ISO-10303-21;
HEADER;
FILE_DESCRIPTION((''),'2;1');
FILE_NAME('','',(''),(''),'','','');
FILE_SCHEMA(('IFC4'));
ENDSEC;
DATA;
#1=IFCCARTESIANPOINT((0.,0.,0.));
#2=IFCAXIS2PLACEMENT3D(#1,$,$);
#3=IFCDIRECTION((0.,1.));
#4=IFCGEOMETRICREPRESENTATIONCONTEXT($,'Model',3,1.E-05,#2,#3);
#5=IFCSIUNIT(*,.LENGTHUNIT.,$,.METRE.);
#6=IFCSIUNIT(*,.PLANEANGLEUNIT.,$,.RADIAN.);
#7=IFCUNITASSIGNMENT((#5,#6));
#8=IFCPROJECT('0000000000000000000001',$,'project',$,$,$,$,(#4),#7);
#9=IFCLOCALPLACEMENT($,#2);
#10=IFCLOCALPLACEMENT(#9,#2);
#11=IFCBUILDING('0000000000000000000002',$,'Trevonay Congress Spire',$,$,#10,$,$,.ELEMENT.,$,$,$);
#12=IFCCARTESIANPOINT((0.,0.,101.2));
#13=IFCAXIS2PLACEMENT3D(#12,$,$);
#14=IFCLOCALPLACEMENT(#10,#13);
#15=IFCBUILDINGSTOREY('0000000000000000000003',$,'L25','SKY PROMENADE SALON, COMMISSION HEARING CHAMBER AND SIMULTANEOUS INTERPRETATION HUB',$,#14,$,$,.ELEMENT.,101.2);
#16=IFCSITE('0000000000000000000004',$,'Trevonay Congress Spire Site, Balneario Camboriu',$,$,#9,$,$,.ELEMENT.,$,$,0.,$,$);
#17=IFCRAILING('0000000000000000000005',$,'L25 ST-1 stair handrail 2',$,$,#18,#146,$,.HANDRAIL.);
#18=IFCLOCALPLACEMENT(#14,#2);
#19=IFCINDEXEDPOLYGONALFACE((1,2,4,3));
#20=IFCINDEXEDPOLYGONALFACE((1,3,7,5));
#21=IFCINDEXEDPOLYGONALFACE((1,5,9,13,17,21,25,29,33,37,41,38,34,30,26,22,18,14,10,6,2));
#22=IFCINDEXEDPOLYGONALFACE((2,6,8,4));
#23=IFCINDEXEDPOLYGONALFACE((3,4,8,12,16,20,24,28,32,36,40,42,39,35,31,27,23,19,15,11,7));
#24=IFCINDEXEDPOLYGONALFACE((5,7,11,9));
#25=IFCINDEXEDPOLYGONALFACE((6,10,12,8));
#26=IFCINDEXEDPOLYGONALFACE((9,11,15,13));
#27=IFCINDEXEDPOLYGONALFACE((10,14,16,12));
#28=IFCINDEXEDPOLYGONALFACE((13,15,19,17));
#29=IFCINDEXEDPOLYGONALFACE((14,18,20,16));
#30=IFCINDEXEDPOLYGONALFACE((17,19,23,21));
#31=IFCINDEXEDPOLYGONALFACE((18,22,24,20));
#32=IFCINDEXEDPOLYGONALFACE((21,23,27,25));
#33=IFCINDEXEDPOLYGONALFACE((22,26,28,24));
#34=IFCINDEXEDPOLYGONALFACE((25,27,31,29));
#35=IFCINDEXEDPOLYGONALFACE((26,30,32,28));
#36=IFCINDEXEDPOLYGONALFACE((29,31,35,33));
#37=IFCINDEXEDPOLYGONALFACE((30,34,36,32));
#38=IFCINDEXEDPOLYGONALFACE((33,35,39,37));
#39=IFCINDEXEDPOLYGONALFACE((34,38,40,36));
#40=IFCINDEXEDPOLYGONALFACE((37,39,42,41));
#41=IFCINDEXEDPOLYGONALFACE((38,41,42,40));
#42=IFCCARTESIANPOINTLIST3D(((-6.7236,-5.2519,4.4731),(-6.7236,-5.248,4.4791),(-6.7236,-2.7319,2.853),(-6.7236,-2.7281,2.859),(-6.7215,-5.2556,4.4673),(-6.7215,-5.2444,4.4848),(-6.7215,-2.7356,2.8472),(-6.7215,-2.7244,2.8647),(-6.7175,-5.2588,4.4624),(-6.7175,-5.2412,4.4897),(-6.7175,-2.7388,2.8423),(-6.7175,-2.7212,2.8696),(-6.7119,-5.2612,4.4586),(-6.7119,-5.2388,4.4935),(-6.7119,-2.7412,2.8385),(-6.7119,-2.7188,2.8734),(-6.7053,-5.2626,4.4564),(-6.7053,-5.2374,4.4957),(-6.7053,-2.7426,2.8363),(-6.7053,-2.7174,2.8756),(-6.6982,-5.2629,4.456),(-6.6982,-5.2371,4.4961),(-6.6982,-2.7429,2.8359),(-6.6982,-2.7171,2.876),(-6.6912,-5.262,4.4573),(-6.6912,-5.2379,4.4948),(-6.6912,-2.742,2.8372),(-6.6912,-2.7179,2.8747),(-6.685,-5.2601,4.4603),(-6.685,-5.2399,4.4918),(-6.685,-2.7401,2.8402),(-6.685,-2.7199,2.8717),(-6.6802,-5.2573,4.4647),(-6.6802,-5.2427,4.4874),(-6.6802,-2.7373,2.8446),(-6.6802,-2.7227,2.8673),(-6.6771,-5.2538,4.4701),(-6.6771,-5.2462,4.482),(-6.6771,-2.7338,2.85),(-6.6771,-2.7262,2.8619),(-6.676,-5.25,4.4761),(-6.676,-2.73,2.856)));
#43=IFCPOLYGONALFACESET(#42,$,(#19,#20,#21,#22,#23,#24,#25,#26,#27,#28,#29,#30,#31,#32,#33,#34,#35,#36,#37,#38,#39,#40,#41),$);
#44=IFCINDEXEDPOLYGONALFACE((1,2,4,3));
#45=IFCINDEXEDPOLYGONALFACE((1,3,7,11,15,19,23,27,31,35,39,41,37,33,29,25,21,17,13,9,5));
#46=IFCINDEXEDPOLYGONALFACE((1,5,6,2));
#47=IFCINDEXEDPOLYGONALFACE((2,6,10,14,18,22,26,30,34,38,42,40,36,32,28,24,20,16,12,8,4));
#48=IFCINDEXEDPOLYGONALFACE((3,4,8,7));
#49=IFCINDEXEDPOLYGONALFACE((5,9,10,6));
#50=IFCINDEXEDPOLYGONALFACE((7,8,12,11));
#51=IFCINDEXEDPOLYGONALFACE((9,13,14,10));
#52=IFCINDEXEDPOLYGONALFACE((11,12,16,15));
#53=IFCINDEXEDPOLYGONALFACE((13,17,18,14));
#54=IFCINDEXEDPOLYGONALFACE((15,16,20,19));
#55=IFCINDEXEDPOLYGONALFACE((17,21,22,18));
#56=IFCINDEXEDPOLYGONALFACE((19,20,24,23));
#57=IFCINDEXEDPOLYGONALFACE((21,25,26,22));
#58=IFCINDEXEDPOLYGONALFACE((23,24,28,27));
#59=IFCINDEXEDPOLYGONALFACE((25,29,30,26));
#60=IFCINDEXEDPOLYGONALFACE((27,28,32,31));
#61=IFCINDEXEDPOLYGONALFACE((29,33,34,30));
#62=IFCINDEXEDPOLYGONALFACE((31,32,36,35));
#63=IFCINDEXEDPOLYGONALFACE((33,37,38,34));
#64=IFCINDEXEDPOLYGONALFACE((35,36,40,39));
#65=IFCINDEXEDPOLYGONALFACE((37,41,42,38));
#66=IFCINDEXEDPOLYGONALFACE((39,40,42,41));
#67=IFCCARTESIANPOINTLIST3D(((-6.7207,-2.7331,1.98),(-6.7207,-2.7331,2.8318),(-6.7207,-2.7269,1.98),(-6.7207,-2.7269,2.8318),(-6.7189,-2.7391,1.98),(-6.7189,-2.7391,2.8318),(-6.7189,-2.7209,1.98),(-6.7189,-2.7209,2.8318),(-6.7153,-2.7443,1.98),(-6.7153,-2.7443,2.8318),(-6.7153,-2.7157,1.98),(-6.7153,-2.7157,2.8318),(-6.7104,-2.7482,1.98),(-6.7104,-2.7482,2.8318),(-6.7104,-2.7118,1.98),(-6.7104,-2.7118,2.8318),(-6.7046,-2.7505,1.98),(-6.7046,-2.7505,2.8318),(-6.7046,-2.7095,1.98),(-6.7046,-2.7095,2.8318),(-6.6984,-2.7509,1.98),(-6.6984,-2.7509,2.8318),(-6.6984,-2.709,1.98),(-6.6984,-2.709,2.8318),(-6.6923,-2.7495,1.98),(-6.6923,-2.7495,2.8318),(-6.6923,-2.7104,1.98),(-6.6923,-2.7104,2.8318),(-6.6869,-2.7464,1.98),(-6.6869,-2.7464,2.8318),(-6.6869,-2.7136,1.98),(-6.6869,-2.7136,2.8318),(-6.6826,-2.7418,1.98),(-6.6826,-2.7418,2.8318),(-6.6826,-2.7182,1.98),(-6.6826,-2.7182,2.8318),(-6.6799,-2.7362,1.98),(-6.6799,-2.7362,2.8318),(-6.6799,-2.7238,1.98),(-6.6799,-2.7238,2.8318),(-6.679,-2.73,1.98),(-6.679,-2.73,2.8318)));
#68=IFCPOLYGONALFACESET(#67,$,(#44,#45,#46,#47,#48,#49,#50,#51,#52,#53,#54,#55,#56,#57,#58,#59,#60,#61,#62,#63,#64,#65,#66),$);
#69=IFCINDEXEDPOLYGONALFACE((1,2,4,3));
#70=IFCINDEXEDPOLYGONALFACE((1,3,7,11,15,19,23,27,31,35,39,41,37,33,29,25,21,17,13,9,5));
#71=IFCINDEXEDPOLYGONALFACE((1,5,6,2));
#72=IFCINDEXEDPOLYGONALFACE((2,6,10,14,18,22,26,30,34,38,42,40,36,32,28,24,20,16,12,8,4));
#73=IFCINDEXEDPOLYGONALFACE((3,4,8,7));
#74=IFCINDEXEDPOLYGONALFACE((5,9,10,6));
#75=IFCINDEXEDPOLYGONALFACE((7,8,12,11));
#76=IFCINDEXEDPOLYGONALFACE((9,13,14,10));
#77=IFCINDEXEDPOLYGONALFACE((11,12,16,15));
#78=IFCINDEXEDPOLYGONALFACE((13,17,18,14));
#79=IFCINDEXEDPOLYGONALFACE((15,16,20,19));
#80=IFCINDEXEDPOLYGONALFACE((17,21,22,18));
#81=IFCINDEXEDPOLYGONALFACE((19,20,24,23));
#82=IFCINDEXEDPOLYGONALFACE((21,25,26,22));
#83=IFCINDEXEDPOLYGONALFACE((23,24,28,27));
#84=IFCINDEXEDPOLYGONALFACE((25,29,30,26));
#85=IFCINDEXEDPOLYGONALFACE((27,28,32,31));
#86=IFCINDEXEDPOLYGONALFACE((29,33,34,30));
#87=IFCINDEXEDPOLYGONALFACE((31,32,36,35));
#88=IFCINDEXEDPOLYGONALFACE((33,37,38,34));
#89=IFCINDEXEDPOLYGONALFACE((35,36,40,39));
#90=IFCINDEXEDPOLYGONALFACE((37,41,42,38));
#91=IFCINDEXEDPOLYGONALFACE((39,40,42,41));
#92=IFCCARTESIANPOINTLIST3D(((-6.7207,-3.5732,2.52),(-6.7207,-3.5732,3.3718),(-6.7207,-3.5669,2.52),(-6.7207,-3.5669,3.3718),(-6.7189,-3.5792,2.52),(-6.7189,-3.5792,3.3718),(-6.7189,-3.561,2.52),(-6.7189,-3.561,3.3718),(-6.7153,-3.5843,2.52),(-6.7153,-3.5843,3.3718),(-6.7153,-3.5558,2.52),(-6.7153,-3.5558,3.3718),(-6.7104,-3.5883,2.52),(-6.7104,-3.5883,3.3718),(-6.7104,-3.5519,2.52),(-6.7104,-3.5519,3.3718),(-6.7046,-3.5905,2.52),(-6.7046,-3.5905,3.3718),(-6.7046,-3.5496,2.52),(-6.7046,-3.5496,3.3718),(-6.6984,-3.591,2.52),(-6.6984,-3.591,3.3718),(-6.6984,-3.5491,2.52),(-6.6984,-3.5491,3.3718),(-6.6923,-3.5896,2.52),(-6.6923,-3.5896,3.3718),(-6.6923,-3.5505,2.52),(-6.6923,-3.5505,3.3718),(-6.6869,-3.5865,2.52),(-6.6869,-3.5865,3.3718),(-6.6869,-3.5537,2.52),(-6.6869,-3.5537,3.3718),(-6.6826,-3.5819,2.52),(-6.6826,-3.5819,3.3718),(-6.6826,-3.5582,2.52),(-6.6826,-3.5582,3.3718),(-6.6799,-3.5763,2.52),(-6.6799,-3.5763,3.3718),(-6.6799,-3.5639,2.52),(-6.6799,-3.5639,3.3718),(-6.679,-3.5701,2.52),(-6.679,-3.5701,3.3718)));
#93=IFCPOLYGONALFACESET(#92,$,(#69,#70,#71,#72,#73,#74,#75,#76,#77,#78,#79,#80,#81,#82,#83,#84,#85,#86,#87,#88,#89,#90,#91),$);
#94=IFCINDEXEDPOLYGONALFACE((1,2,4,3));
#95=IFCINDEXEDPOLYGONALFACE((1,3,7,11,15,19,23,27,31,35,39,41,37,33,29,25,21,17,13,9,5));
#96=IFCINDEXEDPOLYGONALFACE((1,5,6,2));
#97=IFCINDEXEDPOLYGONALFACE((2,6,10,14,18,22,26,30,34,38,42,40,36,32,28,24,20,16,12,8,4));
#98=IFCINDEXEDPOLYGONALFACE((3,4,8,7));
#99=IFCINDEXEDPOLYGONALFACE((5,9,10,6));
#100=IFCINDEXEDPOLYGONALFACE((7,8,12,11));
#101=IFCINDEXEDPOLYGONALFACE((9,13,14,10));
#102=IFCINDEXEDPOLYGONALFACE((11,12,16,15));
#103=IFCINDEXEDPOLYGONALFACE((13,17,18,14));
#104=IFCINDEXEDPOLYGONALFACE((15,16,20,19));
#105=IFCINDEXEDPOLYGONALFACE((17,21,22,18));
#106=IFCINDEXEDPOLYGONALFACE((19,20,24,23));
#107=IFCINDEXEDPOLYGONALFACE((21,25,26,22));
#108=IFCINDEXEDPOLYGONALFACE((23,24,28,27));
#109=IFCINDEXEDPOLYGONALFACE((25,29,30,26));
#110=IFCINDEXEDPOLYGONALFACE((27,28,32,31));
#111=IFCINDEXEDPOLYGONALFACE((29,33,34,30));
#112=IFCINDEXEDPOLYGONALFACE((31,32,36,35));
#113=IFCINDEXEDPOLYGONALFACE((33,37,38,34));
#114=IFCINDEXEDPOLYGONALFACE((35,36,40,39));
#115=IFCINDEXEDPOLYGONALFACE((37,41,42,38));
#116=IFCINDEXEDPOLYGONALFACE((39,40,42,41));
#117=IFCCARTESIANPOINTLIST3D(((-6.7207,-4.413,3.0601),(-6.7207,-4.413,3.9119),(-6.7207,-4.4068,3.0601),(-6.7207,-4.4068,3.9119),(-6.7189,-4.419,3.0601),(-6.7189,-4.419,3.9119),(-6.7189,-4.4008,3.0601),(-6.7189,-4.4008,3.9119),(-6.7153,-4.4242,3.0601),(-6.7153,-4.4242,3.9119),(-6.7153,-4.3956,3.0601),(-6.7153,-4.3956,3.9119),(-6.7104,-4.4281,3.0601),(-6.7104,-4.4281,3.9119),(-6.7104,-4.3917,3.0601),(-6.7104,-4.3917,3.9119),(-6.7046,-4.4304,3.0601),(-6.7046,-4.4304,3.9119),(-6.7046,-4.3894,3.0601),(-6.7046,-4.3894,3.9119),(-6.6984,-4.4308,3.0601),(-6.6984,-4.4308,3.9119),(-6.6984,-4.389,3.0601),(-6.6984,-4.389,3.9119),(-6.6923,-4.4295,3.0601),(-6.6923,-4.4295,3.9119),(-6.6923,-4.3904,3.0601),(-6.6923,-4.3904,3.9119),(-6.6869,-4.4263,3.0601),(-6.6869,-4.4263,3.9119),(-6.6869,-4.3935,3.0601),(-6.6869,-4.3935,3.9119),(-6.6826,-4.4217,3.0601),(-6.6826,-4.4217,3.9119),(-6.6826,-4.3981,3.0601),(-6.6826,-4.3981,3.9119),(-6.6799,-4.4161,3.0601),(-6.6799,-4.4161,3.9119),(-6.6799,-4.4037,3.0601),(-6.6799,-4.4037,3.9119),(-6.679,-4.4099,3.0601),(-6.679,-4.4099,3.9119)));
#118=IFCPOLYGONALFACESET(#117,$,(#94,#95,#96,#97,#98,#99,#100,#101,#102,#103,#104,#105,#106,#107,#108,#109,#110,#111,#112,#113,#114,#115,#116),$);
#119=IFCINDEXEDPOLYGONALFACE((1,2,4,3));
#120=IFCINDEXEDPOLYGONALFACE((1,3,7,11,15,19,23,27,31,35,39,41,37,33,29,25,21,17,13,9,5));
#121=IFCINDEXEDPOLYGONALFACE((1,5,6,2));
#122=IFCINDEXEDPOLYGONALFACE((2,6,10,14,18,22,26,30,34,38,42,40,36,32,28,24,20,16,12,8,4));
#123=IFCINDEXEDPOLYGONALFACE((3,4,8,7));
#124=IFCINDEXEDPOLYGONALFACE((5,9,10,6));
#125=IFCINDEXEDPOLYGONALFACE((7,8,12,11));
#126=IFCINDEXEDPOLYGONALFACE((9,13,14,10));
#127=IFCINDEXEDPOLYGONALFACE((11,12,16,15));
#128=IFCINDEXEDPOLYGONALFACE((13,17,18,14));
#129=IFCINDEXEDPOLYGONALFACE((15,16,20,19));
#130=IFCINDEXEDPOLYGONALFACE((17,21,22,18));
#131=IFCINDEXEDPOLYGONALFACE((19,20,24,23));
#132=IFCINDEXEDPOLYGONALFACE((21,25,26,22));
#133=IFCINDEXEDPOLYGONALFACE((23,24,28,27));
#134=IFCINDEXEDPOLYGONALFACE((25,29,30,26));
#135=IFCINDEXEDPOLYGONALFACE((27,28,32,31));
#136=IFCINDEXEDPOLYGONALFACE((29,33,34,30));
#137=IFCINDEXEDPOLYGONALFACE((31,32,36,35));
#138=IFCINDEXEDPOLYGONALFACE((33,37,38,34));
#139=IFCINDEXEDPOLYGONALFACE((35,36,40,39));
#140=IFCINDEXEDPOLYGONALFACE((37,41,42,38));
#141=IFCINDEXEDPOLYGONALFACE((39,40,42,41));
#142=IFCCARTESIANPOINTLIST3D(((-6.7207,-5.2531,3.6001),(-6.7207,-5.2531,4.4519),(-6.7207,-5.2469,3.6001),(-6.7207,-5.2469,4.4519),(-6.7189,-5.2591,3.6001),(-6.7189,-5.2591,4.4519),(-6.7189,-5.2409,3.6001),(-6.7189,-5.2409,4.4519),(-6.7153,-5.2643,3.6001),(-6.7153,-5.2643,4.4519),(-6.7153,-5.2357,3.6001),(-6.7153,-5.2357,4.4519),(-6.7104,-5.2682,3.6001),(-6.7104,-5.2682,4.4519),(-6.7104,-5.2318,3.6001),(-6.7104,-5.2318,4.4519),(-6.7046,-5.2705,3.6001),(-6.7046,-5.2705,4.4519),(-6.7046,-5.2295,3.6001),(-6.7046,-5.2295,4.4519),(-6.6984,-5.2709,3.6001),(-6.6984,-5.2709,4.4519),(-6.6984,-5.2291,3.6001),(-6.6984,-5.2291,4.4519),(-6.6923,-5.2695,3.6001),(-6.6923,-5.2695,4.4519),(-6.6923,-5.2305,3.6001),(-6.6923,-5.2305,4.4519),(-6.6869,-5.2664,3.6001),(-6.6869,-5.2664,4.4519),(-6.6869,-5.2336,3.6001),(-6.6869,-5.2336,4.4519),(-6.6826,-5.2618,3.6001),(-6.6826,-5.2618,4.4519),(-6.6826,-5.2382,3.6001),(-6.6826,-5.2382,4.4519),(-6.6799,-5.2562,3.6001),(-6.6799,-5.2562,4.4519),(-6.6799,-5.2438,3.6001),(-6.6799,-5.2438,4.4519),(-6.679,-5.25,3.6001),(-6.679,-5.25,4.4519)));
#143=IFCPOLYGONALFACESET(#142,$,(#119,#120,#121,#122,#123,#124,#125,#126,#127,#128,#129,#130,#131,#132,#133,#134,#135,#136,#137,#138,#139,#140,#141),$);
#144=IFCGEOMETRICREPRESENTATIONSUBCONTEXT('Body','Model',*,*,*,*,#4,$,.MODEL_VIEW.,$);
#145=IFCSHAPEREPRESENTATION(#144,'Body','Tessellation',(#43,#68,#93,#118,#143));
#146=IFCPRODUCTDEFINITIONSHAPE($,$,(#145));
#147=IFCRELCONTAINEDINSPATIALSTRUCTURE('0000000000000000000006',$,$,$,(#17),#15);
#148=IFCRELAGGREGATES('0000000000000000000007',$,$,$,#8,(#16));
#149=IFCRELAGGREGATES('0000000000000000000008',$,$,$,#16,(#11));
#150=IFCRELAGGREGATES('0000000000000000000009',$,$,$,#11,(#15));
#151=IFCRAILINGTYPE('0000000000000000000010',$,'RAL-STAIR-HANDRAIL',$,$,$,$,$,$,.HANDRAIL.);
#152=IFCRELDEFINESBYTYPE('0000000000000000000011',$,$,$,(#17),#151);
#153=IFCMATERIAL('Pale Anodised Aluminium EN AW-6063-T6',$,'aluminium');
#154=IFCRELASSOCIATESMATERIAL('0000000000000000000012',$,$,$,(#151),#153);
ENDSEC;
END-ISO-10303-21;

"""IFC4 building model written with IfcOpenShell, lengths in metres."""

from ifc_helpers import new_model, si_unit, direction, frame, origin, origin_2d, place, context, subcontext, project, spatial, circle, extrude, material, type_object, element, save


model = new_model("IFC4")

# Units and contexts
model_context = context("Model", 3, precision=1e-05, world=origin(), true_north=direction((0.0, 1.0)))
body_context = subcontext(model_context, "Body", "Model", "MODEL_VIEW")
ifc_project = project(units=[si_unit("LENGTHUNIT", "METRE"), si_unit("PLANEANGLEUNIT", "RADIAN")], contexts=[model_context])

# Site, building, storey
site_placement = place(None, origin())
site = spatial("IfcSite", under=ifc_project, at=site_placement, Name="Trevonay Congress Spire Site, Balneario Camboriu", CompositionType="ELEMENT", RefElevation=0.0)
building_placement = place(site_placement, origin())
building = spatial("IfcBuilding", under=site, at=building_placement, Name="Trevonay Congress Spire", CompositionType="ELEMENT")
storey_placement = place(building_placement, frame((0.0, 0.0, 101.2)))
storey = spatial("IfcBuildingStorey", under=building, at=storey_placement, Name="L25", Description="SKY PROMENADE SALON, COMMISSION HEARING CHAMBER AND SIMULTANEOUS INTERPRETATION HUB", CompositionType="ELEMENT", Elevation=101.2)

# Shared definitions
ifc_material_1 = material(Name="Pale Anodised Aluminium EN AW-6063-T6", Category="aluminium")

# Railing
railing_type_1 = type_object("IfcRailingType", Name="RAL-STAIR-HANDRAIL", PredefinedType="HANDRAIL", material=ifc_material_1)
railing_1_placement = place(storey_placement, frame((-6.7, -2.73, 1.98)))
element("IfcRailing", 1, at=railing_1_placement, inside=storey, type_object=railing_type_1, Name="L25 ST-1 stair handrail 2", PredefinedType="HANDRAIL", context=body_context, shape_type="SweptSolid", body=[
    extrude(circle(Radius=0.0239, at=origin_2d()), frame((0.0, 0.0, 0.876), z_axis=(0.0, -0.841163, 0.540782), x_axis=(1.0, 0.0, 0.0)), (0.0, 0.0, 1.0), 2.9958),
    extrude(circle(Radius=0.021, at=origin_2d()), origin(), (0.0, 0.0, 1.0), 0.8518),
    extrude(circle(Radius=0.021, at=origin_2d()), frame((0.0, -0.8401, 0.54)), (0.0, 0.0, 1.0), 0.8518),
    extrude(circle(Radius=0.021, at=origin_2d()), frame((0.0, -1.6799, 1.0801)), (0.0, 0.0, 1.0), 0.8518),
    extrude(circle(Radius=0.021, at=origin_2d()), frame((0.0, -2.52, 1.6201)), (0.0, 0.0, 1.0), 0.8518),
])

save(model, "model.ifc")
